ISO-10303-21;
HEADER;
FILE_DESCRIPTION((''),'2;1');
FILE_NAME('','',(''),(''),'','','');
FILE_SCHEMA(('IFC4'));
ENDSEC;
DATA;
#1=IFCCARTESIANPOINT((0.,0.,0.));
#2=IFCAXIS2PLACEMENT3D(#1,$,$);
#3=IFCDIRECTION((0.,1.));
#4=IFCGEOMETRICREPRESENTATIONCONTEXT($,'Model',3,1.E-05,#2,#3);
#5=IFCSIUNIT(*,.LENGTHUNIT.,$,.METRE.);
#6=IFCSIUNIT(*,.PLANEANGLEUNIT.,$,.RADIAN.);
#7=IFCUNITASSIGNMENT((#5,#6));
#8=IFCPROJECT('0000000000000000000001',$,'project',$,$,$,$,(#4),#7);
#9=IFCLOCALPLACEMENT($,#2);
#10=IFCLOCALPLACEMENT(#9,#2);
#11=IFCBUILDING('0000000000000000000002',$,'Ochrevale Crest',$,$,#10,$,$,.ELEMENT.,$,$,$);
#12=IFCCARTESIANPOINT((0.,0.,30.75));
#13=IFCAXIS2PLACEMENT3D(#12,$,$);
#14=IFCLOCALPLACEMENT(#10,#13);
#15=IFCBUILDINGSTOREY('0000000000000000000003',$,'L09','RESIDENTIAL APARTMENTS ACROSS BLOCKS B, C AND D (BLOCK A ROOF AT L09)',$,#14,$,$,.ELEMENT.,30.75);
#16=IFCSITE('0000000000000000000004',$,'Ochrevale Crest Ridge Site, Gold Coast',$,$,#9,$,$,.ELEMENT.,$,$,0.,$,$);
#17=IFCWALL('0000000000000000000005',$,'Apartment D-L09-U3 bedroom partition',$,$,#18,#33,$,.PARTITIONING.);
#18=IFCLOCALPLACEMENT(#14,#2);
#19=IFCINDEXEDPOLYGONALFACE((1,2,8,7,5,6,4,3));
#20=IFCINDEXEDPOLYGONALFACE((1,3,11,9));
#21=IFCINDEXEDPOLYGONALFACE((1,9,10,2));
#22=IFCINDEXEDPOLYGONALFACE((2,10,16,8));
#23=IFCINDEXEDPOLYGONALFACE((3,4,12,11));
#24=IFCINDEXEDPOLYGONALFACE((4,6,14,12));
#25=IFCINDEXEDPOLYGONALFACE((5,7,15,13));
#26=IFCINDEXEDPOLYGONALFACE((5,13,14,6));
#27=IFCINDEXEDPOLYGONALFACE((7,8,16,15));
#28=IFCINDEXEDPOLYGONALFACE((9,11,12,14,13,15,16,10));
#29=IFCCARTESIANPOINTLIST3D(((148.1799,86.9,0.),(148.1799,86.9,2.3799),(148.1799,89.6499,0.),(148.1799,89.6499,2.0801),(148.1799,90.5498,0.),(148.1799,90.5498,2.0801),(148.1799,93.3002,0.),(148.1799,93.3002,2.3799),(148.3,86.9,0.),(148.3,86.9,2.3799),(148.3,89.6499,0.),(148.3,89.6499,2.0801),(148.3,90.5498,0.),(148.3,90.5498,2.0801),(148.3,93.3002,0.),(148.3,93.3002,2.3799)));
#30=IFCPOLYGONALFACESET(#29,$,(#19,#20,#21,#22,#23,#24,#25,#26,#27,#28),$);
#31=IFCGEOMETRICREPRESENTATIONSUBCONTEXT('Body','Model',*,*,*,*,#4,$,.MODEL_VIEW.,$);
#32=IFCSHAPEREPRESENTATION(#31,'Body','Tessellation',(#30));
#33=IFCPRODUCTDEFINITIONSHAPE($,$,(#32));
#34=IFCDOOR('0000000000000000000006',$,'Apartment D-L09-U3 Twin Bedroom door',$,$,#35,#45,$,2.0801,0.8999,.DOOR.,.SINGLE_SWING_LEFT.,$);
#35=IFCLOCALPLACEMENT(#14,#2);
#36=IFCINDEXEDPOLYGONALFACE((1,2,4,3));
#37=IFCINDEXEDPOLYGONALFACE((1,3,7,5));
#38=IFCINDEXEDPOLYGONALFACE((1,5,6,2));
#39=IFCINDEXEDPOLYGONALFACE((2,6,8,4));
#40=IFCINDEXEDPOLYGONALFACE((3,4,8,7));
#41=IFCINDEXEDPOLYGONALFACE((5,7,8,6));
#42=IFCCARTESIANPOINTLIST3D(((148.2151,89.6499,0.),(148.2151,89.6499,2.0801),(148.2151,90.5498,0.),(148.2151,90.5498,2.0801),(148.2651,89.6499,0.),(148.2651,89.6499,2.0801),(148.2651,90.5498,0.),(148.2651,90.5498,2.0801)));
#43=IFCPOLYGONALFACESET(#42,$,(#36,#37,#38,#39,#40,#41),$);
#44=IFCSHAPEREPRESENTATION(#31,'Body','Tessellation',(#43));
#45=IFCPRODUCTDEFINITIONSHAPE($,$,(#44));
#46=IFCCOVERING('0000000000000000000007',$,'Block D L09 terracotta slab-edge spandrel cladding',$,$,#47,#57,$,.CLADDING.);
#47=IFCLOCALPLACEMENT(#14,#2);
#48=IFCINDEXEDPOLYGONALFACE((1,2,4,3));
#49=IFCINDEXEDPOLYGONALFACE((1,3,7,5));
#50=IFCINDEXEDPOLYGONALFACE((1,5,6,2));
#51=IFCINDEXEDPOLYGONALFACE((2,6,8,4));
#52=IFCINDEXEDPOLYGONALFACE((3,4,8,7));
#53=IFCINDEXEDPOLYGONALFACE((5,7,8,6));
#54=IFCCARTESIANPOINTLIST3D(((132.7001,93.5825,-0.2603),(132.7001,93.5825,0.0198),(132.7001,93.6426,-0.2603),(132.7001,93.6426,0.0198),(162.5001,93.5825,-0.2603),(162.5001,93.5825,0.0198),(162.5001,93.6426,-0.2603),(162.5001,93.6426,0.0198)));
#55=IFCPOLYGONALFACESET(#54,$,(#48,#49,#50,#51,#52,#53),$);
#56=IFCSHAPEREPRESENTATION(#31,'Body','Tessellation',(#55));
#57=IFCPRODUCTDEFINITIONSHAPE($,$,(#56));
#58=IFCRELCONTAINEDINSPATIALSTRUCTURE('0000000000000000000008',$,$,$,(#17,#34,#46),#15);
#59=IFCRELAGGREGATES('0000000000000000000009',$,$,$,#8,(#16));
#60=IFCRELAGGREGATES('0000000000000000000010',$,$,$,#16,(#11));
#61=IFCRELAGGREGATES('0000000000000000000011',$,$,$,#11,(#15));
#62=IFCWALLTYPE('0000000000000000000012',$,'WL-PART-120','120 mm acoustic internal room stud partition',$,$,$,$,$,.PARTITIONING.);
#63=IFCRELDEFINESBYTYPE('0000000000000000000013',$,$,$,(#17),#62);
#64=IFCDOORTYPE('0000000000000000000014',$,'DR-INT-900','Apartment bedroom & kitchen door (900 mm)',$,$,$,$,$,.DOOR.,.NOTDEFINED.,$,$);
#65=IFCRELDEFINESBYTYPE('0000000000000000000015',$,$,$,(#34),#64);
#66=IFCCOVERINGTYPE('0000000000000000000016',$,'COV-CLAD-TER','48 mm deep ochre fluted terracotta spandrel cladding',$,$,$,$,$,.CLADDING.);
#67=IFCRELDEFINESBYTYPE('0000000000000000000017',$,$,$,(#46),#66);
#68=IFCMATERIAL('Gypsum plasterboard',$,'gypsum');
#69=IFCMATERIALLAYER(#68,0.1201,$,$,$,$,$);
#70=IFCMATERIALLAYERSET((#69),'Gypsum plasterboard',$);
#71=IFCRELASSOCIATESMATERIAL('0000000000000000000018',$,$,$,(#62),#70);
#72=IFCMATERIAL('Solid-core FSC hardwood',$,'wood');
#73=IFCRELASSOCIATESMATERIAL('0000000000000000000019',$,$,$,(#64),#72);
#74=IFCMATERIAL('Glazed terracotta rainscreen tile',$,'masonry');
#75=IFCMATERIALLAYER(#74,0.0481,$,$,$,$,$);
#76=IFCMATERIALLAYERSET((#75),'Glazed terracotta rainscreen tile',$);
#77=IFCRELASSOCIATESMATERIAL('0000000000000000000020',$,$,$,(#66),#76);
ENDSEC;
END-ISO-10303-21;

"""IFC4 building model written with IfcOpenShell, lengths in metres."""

from ifc_helpers import new_model, si_unit, direction, frame, frame_2d, origin, origin_2d, place, context, subcontext, project, spatial, rectangle, extrude, material, layer, layer_set, type_object, element, fill, save


model = new_model("IFC4")

# Units and contexts
model_context = context("Model", 3, precision=1e-05, world=origin(), true_north=direction((0.0, 1.0)))
body_context = subcontext(model_context, "Body", "Model", "MODEL_VIEW")
ifc_project = project(units=[si_unit("LENGTHUNIT", "METRE"), si_unit("PLANEANGLEUNIT", "RADIAN")], contexts=[model_context])

# Site, building, storey
site_placement = place(None, origin())
site = spatial("IfcSite", under=ifc_project, at=site_placement, Name="Ochrevale Crest Ridge Site, Gold Coast", CompositionType="ELEMENT", RefElevation=0.0)
building_placement = place(site_placement, origin())
building = spatial("IfcBuilding", under=site, at=building_placement, Name="Ochrevale Crest", CompositionType="ELEMENT")
storey_placement = place(building_placement, frame((0.0, 0.0, 30.75)))
storey = spatial("IfcBuildingStorey", under=building, at=storey_placement, Name="L09", Description="RESIDENTIAL APARTMENTS ACROSS BLOCKS B, C AND D (BLOCK A ROOF AT L09)", CompositionType="ELEMENT", Elevation=30.75)

# Wall, opening, door
ifc_material_1 = material(Name="Gypsum plasterboard", Category="gypsum")
ifc_layer_1 = layer(ifc_material_1, 0.1201)
ifc_layer_set_1 = layer_set([ifc_layer_1], Name="Gypsum plasterboard")
wall_type_1 = type_object("IfcWallType", Name="WL-PART-120", Description="120 mm acoustic internal room stud partition", PredefinedType="PARTITIONING", material=ifc_layer_set_1)
wall_placement = place(storey_placement, frame((148.24, 86.8999, 0.0), z_axis=(0.0, 0.0, 1.0), x_axis=(0.0, 1.0, 0.0)))
wall = element("IfcWall", 1, at=wall_placement, inside=storey, type_object=wall_type_1, Name="Apartment D-L09-U3 bedroom partition", PredefinedType="PARTITIONING", context=body_context, shape_type="SweptSolid", body=[
    extrude(rectangle(XDim=6.4001, YDim=0.1201, at=frame_2d((3.2002, 0.0))), origin(), (0.0, 0.0, 1.0), 2.3799),
])
opening_placement = place(wall_placement, frame((2.75, 0.0, 0.0)))
opening = element("IfcOpeningElement", 2, at=opening_placement, cuts=wall, PredefinedType="OPENING", context=body_context, shape_type="SweptSolid", body=[
    extrude(rectangle(XDim=0.8999, YDim=2.0801, at=frame_2d((0.45, 1.04))), frame((0.0, 0.0701, 0.0), z_axis=(0.0, -1.0, 0.0), x_axis=(1.0, 0.0, 0.0)), (0.0, 0.0, 1.0), 0.1401),
])
ifc_material_2 = material(Name="Solid-core FSC hardwood", Category="wood")
door_type = type_object("IfcDoorType", Name="DR-INT-900", Description="Apartment bedroom & kitchen door (900 mm)", OperationType="NOTDEFINED", PredefinedType="DOOR", material=ifc_material_2)
door_placement = place(opening_placement, origin())
door = element("IfcDoor", 3, at=door_placement, inside=storey, type_object=door_type, Name="Apartment D-L09-U3 Twin Bedroom door", OperationType="SINGLE_SWING_LEFT", OverallHeight=2.0801, OverallWidth=0.8999, PredefinedType="DOOR", context=body_context, shape_type="SweptSolid", body=[
    extrude(rectangle(XDim=0.8999, YDim=2.0801, at=frame_2d((0.45, 1.04))), frame((0.0, 0.0249, 0.0), z_axis=(0.0, -1.0, 0.0), x_axis=(1.0, 0.0, 0.0)), (0.0, 0.0, 1.0), 0.05),
])
fill(opening, door)

# Covering
ifc_material_3 = material(Name="Glazed terracotta rainscreen tile", Category="masonry")
ifc_layer_2 = layer(ifc_material_3, 0.0481)
ifc_layer_set_2 = layer_set([ifc_layer_2], Name="Glazed terracotta rainscreen tile")
covering_type = type_object("IfcCoveringType", Name="COV-CLAD-TER", Description="48 mm deep ochre fluted terracotta spandrel cladding", PredefinedType="CLADDING", material=ifc_layer_set_2)
covering_placement = place(storey_placement, frame((147.6001, 93.6125, -0.2603), z_axis=(0.0, 0.0, 1.0), x_axis=(-1.0, 0.0, 0.0)))
element("IfcCovering", 4, at=covering_placement, inside=storey, type_object=covering_type, Name="Block D L09 terracotta slab-edge spandrel cladding", PredefinedType="CLADDING", context=body_context, shape_type="SweptSolid", body=[
    extrude(rectangle(XDim=29.8, YDim=0.0601, at=origin_2d()), origin(), (0.0, 0.0, 1.0), 0.28),
])

save(model, "model.ifc")
